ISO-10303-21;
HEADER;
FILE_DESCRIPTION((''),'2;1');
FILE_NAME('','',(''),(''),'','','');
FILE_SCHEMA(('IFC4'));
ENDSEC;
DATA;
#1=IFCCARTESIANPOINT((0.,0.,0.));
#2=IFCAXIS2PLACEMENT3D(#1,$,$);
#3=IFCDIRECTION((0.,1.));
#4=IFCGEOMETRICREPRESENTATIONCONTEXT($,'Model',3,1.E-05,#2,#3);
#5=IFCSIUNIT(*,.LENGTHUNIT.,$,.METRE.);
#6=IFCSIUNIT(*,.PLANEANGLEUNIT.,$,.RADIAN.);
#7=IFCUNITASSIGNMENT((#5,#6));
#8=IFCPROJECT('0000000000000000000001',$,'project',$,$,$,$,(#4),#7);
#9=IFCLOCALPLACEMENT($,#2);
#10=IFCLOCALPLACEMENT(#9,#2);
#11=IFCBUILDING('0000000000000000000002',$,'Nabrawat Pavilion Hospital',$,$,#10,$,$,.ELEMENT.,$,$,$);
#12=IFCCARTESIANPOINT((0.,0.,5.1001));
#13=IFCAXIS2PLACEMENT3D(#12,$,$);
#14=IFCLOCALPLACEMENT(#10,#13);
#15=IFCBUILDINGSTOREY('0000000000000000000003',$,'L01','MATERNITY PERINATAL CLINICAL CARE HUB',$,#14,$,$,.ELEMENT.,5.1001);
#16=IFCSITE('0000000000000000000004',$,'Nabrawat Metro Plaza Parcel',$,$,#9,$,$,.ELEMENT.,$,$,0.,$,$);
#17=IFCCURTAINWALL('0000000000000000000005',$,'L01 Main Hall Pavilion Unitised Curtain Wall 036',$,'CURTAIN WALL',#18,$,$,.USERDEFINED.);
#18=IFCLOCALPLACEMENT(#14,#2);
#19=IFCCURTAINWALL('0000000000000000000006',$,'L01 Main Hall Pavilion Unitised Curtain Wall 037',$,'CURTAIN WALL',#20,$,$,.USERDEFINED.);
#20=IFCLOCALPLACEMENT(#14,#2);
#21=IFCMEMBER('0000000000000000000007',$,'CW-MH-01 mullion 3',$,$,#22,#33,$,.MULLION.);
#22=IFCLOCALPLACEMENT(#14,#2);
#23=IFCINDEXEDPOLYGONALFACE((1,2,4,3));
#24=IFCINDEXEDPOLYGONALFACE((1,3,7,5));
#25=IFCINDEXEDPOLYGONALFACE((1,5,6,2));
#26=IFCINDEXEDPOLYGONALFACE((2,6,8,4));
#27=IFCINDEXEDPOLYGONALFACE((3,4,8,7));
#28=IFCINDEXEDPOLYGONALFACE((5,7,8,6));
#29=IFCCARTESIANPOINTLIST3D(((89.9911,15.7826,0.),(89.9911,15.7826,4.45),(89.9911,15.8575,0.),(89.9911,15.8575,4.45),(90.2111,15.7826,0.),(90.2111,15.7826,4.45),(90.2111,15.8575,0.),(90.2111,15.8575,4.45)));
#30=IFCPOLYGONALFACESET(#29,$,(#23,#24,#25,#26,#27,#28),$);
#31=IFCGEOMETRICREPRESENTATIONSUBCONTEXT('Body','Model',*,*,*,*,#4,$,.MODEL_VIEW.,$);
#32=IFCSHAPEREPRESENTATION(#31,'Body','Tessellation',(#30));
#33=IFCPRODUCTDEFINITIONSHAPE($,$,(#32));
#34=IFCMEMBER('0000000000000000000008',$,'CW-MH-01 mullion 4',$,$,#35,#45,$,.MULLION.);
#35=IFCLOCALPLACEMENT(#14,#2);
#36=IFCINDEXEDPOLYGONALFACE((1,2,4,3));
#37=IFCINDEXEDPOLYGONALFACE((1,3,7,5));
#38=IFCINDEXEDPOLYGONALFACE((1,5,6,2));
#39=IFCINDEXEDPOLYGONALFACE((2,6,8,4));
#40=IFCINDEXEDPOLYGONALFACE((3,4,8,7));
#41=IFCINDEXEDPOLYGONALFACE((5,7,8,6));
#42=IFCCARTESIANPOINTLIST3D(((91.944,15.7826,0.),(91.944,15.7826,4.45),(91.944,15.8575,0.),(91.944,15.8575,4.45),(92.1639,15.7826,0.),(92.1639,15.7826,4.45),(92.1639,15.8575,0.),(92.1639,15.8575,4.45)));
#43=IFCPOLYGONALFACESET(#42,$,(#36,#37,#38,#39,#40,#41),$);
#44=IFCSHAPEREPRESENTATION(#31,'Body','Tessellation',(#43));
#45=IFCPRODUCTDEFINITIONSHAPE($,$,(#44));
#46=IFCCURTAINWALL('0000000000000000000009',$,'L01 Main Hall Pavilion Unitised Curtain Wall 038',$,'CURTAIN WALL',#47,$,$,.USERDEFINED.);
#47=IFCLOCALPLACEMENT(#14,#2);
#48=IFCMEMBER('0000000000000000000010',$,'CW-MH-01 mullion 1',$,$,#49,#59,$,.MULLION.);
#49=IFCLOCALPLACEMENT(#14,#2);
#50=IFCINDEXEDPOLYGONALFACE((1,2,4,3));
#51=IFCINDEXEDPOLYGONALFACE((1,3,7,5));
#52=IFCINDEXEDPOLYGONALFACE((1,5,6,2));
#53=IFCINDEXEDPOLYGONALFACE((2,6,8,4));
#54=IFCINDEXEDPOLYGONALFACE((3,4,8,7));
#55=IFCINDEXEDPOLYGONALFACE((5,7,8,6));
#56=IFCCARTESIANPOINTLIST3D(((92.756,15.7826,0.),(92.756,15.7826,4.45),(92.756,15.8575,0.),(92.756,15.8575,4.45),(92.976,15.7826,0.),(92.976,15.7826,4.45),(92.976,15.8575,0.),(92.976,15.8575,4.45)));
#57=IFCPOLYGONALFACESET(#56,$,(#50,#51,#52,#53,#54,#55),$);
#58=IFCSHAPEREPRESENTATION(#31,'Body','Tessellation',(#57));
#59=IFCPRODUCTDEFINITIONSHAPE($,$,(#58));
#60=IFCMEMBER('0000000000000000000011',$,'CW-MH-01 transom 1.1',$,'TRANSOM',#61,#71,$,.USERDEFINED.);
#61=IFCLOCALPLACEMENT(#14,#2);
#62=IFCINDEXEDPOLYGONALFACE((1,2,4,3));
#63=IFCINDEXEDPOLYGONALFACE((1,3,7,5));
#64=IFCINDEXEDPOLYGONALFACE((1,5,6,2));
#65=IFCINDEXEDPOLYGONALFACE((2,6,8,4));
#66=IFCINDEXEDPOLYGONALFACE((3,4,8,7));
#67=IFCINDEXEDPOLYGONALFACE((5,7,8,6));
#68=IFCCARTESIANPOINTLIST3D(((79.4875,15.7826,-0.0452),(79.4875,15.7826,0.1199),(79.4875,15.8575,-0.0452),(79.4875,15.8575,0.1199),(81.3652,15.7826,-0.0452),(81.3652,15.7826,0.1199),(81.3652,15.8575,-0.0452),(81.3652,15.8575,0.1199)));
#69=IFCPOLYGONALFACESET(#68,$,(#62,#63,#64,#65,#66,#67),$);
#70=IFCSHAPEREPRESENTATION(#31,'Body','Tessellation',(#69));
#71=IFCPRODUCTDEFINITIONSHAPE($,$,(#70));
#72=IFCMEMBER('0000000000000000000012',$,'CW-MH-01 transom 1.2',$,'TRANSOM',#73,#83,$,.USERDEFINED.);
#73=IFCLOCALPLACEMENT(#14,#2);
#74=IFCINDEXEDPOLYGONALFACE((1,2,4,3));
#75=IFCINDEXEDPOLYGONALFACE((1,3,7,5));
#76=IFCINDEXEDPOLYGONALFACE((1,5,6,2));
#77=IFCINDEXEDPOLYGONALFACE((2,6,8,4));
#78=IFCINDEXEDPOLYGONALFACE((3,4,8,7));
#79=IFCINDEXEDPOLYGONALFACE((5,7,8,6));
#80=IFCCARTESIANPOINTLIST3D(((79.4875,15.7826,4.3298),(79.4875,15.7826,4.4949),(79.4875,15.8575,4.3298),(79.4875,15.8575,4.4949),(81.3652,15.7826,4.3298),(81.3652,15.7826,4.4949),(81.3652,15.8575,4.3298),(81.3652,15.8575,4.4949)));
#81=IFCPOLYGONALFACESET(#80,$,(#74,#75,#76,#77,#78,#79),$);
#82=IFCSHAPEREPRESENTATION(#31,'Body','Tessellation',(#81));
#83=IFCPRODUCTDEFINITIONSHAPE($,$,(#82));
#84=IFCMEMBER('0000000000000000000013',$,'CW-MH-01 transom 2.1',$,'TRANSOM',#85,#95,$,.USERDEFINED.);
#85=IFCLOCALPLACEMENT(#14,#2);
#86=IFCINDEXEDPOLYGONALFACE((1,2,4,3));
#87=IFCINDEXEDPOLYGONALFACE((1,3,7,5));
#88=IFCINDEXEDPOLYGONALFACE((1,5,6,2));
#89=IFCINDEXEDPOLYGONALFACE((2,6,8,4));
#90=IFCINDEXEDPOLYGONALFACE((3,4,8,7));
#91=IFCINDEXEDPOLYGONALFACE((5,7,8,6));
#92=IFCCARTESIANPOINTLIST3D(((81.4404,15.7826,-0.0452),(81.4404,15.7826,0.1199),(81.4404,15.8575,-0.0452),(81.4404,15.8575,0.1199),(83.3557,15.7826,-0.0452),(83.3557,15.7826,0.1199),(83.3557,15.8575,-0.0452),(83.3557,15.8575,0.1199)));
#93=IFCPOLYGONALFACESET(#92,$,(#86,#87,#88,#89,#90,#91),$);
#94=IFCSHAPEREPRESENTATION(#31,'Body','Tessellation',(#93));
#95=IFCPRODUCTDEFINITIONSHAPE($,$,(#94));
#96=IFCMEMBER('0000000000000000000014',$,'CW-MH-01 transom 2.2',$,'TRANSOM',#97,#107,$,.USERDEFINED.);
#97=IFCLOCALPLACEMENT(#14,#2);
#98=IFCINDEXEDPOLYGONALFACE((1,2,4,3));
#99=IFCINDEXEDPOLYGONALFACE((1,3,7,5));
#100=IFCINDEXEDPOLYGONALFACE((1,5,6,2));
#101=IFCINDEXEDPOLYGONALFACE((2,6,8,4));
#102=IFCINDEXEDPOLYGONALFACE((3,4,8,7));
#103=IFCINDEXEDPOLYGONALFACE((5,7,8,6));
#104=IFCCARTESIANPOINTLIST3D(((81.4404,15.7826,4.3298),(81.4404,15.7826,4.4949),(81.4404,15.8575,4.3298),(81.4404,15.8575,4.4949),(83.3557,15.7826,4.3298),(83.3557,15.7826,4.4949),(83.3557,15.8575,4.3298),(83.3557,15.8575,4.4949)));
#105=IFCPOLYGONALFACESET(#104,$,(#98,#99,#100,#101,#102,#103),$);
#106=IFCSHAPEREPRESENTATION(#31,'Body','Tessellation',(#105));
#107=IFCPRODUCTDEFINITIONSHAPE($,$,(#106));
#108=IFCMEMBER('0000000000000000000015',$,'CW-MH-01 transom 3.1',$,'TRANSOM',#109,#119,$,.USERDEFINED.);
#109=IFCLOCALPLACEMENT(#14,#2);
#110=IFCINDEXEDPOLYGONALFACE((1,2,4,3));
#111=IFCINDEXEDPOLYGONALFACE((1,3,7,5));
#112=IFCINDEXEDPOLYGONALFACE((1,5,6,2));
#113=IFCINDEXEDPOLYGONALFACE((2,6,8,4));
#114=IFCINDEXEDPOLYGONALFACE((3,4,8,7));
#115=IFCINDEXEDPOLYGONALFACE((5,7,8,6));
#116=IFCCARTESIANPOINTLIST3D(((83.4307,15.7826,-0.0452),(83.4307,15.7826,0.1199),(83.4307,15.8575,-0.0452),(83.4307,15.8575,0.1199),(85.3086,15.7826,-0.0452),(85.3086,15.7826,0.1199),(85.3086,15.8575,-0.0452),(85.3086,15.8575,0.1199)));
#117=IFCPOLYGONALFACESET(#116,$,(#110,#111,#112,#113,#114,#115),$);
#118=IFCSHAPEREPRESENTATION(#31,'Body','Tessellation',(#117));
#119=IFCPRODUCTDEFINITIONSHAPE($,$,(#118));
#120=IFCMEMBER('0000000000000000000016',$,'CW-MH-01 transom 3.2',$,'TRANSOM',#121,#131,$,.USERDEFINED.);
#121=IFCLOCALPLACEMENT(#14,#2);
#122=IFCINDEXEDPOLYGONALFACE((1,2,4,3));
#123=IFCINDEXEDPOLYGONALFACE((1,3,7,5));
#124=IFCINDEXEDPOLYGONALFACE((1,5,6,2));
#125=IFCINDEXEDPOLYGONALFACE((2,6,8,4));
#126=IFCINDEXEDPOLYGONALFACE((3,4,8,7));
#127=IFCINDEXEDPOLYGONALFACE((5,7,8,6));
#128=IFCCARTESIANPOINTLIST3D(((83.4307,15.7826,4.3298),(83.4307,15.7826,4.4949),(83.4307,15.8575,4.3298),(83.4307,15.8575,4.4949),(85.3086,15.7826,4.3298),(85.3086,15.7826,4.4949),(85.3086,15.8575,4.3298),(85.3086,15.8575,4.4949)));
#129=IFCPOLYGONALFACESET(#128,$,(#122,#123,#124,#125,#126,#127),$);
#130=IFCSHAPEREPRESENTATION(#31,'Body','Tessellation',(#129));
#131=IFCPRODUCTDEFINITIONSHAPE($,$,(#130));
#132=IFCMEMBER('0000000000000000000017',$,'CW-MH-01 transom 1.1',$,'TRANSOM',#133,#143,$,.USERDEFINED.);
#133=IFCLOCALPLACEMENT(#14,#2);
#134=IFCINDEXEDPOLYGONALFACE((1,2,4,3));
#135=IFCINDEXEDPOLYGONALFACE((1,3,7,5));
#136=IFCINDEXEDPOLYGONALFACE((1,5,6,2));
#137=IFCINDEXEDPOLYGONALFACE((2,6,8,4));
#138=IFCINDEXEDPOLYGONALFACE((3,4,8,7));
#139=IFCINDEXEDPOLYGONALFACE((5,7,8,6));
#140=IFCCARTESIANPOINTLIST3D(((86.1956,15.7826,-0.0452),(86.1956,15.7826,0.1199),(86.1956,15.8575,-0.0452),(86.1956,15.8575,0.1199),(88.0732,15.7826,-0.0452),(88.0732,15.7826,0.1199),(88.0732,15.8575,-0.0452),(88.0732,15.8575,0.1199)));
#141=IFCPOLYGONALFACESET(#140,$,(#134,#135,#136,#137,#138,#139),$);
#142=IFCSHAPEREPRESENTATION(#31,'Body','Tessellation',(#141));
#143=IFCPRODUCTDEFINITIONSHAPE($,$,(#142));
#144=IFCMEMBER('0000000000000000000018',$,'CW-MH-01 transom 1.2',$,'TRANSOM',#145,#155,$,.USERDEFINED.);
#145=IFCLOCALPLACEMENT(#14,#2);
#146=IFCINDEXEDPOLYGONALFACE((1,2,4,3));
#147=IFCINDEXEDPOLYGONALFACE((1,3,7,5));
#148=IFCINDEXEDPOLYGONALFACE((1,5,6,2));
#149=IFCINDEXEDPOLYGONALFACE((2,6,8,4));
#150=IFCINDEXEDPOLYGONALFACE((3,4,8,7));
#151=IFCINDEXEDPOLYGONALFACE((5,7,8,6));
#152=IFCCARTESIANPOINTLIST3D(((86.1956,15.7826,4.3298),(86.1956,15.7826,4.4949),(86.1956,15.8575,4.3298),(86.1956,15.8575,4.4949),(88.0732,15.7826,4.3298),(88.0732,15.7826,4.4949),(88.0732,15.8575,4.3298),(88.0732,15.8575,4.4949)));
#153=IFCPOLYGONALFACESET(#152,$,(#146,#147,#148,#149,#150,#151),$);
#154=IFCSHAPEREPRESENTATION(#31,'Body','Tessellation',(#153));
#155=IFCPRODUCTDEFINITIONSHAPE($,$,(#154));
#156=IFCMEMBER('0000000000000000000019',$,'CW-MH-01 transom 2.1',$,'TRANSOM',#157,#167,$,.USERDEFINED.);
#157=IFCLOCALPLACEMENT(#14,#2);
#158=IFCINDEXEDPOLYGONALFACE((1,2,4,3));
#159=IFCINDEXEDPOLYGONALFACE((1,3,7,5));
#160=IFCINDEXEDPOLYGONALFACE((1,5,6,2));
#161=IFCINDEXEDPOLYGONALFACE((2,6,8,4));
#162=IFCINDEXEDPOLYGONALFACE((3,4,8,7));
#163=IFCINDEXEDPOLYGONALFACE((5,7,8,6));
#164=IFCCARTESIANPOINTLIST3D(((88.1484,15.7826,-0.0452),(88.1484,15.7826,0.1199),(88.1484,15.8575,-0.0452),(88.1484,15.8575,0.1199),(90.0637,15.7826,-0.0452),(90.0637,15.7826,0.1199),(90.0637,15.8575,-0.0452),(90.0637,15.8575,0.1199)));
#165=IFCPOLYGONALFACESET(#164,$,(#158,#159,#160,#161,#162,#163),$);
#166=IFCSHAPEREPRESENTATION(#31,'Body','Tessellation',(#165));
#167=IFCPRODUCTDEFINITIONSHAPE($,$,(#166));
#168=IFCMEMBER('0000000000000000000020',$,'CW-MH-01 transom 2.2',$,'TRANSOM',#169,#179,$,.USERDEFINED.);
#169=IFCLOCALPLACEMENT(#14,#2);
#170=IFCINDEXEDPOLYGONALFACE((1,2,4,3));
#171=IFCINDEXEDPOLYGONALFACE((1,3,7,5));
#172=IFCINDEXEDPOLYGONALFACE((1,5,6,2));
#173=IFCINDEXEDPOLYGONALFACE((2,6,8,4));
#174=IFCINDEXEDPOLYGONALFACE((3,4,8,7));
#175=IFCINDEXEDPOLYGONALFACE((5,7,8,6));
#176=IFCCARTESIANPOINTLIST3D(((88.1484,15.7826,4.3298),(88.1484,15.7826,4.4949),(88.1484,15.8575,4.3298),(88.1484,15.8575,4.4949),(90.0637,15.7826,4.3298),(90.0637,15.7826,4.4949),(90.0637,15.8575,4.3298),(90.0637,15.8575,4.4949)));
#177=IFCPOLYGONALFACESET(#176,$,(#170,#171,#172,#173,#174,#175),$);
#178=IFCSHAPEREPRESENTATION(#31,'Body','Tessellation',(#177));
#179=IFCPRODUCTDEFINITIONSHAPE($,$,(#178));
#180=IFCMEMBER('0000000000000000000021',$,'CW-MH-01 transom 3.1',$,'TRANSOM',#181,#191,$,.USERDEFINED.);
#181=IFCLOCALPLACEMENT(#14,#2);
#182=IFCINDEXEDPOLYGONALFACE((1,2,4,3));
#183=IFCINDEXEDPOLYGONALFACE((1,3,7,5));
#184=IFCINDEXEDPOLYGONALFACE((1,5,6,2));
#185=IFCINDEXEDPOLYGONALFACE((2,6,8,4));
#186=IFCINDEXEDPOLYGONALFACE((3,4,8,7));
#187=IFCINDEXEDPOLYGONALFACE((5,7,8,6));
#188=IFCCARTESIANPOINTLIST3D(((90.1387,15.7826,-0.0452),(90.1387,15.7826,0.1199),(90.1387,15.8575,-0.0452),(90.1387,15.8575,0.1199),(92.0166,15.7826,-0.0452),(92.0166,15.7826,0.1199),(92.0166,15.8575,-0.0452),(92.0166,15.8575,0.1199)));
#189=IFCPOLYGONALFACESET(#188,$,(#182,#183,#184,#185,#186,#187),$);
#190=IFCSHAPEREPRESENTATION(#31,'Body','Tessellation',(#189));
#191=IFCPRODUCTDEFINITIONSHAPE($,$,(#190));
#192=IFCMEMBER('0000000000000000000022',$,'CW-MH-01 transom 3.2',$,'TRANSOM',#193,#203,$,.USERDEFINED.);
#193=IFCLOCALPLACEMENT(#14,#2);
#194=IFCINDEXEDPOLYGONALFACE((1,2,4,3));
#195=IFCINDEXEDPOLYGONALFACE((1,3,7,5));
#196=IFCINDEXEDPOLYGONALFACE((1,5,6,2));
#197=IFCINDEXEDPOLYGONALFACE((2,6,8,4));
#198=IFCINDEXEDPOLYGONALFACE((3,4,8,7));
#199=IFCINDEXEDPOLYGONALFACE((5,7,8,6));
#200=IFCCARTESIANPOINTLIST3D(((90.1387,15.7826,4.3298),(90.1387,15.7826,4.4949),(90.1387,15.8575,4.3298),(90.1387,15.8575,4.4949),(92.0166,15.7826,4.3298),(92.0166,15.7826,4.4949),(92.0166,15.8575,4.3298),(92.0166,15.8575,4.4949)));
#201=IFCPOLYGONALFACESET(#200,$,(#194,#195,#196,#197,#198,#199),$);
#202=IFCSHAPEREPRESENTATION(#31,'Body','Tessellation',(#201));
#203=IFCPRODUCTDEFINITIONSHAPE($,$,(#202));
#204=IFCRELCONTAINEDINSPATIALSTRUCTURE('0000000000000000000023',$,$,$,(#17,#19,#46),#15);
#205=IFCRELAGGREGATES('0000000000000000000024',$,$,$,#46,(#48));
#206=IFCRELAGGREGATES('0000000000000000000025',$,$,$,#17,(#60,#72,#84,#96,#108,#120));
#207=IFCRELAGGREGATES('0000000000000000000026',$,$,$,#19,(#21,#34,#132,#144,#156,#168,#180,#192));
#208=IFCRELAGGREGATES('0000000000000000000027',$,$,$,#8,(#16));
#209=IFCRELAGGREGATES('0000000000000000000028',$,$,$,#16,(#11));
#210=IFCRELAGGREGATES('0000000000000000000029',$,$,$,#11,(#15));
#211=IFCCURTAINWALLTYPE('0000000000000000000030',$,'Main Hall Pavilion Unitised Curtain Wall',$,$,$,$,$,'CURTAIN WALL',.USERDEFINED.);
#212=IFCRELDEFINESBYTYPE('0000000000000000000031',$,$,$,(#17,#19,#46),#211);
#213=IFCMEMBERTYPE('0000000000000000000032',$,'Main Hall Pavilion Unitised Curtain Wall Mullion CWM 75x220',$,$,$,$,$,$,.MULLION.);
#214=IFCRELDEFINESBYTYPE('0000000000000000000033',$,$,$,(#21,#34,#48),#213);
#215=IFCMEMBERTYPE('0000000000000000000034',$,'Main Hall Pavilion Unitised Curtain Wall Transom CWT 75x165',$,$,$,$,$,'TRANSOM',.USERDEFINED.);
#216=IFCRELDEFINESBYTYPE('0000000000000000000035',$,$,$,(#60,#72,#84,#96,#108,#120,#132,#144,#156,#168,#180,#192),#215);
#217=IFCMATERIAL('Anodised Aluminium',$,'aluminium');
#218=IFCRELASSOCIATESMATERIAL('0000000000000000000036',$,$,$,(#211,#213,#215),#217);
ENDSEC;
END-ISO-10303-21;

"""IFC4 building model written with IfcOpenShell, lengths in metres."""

from ifc_helpers import new_model, si_unit, direction, frame, origin, origin_2d, place, context, subcontext, project, spatial, rectangle, extrude, material, material_profile, profile_set, type_object, element, aggregate, save


model = new_model("IFC4")

# Units and contexts
model_context = context("Model", 3, precision=1e-05, world=origin(), true_north=direction((0.0, 1.0)))
body_context = subcontext(model_context, "Body", "Model", "MODEL_VIEW")
ifc_project = project(units=[si_unit("LENGTHUNIT", "METRE"), si_unit("PLANEANGLEUNIT", "RADIAN")], contexts=[model_context])

# Site, building, storey
site_placement = place(None, origin())
site = spatial("IfcSite", under=ifc_project, at=site_placement, Name="Nabrawat Metro Plaza Parcel", CompositionType="ELEMENT", RefElevation=0.0)
building_placement = place(site_placement, origin())
building = spatial("IfcBuilding", under=site, at=building_placement, Name="Nabrawat Pavilion Hospital", CompositionType="ELEMENT")
storey_placement = place(building_placement, frame((0.0, 0.0, 5.1001)))
storey = spatial("IfcBuildingStorey", under=building, at=storey_placement, Name="L01", Description="MATERNITY PERINATAL CLINICAL CARE HUB", CompositionType="ELEMENT", Elevation=5.1001)

# Curtain walls, members
ifc_material_1 = material(Name="Anodised Aluminium", Category="aluminium")
curtain_wall_type = type_object("IfcCurtainWallType", Name="Main Hall Pavilion Unitised Curtain Wall", ElementType="CURTAIN WALL", PredefinedType="USERDEFINED", material=ifc_material_1)
curtain_wall_1_placement = place(storey_placement, origin())
curtain_wall_1 = element("IfcCurtainWall", 1, at=curtain_wall_1_placement, inside=storey, type_object=curtain_wall_type, Name="L01 Main Hall Pavilion Unitised Curtain Wall 036", ObjectType="CURTAIN WALL", PredefinedType="USERDEFINED")
ifc_material_profile_1 = material_profile(ifc_material_1, rectangle(XDim=0.075, YDim=0.22, at=origin_2d()), Name="CWM 75x220")
ifc_profile_set_1 = profile_set([ifc_material_profile_1], Name="Anodised Aluminium")
member_type_1 = type_object("IfcMemberType", Name="Main Hall Pavilion Unitised Curtain Wall Mullion CWM 75x220", PredefinedType="MULLION", material=ifc_profile_set_1)
curtain_wall_2_placement = place(storey_placement, origin())
curtain_wall_2 = element("IfcCurtainWall", 2, at=curtain_wall_2_placement, inside=storey, type_object=curtain_wall_type, Name="L01 Main Hall Pavilion Unitised Curtain Wall 037", ObjectType="CURTAIN WALL", PredefinedType="USERDEFINED")
member_1_placement = place(storey_placement, frame((90.1011, 15.8201, 0.0), z_axis=(0.0, 0.0, 1.0), x_axis=(0.0, 1.0, 0.0)))
member_1 = element("IfcMember", 3, at=member_1_placement, type_object=member_type_1, Name="CW-MH-01 mullion 3", PredefinedType="MULLION", context=body_context, shape_type="SweptSolid", body=[
    extrude(rectangle(XDim=0.075, YDim=0.22, at=origin_2d()), origin(), (0.0, 0.0, 1.0), 4.45),
])
member_2_placement = place(storey_placement, frame((92.054, 15.8201, 0.0), z_axis=(0.0, 0.0, 1.0), x_axis=(0.0, 1.0, 0.0)))
member_2 = element("IfcMember", 4, at=member_2_placement, type_object=member_type_1, Name="CW-MH-01 mullion 4", PredefinedType="MULLION", context=body_context, shape_type="SweptSolid", body=[
    extrude(rectangle(XDim=0.075, YDim=0.22, at=origin_2d()), origin(), (0.0, 0.0, 1.0), 4.45),
])

# Curtain wall, member
curtain_wall_3_placement = place(storey_placement, origin())
curtain_wall_3 = element("IfcCurtainWall", 5, at=curtain_wall_3_placement, inside=storey, type_object=curtain_wall_type, Name="L01 Main Hall Pavilion Unitised Curtain Wall 038", ObjectType="CURTAIN WALL", PredefinedType="USERDEFINED")
member_3_placement = place(storey_placement, frame((92.866, 15.8201, 0.0), z_axis=(0.0, 0.0, 1.0), x_axis=(0.0, 1.0, 0.0)))
member_3 = element("IfcMember", 6, at=member_3_placement, type_object=member_type_1, Name="CW-MH-01 mullion 1", PredefinedType="MULLION", context=body_context, shape_type="SweptSolid", body=[
    extrude(rectangle(XDim=0.075, YDim=0.22, at=origin_2d()), origin(), (0.0, 0.0, 1.0), 4.45),
])

# Members
ifc_material_profile_2 = material_profile(ifc_material_1, rectangle(XDim=0.075, YDim=0.165, at=origin_2d()), Name="CWT 75x165")
ifc_profile_set_2 = profile_set([ifc_material_profile_2], Name="Anodised Aluminium")
member_type_2 = type_object("IfcMemberType", Name="Main Hall Pavilion Unitised Curtain Wall Transom CWT 75x165", ElementType="TRANSOM", PredefinedType="USERDEFINED", material=ifc_profile_set_2)
member_4_placement = place(storey_placement, frame((79.4875, 15.8201, 0.0374), z_axis=(1.0, 0.0, 0.0), x_axis=(0.0, 1.0, 0.0)))
member_4 = element("IfcMember", 7, at=member_4_placement, type_object=member_type_2, Name="CW-MH-01 transom 1.1", ObjectType="TRANSOM", PredefinedType="USERDEFINED", context=body_context, shape_type="SweptSolid", body=[
    extrude(rectangle(XDim=0.075, YDim=0.165, at=origin_2d()), origin(), (0.0, 0.0, 1.0), 1.8777),
])
member_5_placement = place(storey_placement, frame((79.4875, 15.8201, 4.4124), z_axis=(1.0, 0.0, 0.0), x_axis=(0.0, 1.0, 0.0)))
member_5 = element("IfcMember", 8, at=member_5_placement, type_object=member_type_2, Name="CW-MH-01 transom 1.2", ObjectType="TRANSOM", PredefinedType="USERDEFINED", context=body_context, shape_type="SweptSolid", body=[
    extrude(rectangle(XDim=0.075, YDim=0.165, at=origin_2d()), origin(), (0.0, 0.0, 1.0), 1.8777),
])
member_6_placement = place(storey_placement, frame((81.4404, 15.8201, 0.0374), z_axis=(1.0, 0.0, 0.0), x_axis=(0.0, 1.0, 0.0)))
member_6 = element("IfcMember", 9, at=member_6_placement, type_object=member_type_2, Name="CW-MH-01 transom 2.1", ObjectType="TRANSOM", PredefinedType="USERDEFINED", context=body_context, shape_type="SweptSolid", body=[
    extrude(rectangle(XDim=0.075, YDim=0.165, at=origin_2d()), origin(), (0.0, 0.0, 1.0), 1.9153),
])
member_7_placement = place(storey_placement, frame((81.4404, 15.8201, 4.4124), z_axis=(1.0, 0.0, 0.0), x_axis=(0.0, 1.0, 0.0)))
member_7 = element("IfcMember", 10, at=member_7_placement, type_object=member_type_2, Name="CW-MH-01 transom 2.2", ObjectType="TRANSOM", PredefinedType="USERDEFINED", context=body_context, shape_type="SweptSolid", body=[
    extrude(rectangle(XDim=0.075, YDim=0.165, at=origin_2d()), origin(), (0.0, 0.0, 1.0), 1.9153),
])
member_8_placement = place(storey_placement, frame((83.4307, 15.8201, 0.0374), z_axis=(1.0, 0.0, 0.0), x_axis=(0.0, 1.0, 0.0)))
member_8 = element("IfcMember", 11, at=member_8_placement, type_object=member_type_2, Name="CW-MH-01 transom 3.1", ObjectType="TRANSOM", PredefinedType="USERDEFINED", context=body_context, shape_type="SweptSolid", body=[
    extrude(rectangle(XDim=0.075, YDim=0.165, at=origin_2d()), origin(), (0.0, 0.0, 1.0), 1.8779),
])
member_9_placement = place(storey_placement, frame((83.4307, 15.8201, 4.4124), z_axis=(1.0, 0.0, 0.0), x_axis=(0.0, 1.0, 0.0)))
member_9 = element("IfcMember", 12, at=member_9_placement, type_object=member_type_2, Name="CW-MH-01 transom 3.2", ObjectType="TRANSOM", PredefinedType="USERDEFINED", context=body_context, shape_type="SweptSolid", body=[
    extrude(rectangle(XDim=0.075, YDim=0.165, at=origin_2d()), origin(), (0.0, 0.0, 1.0), 1.8779),
])
member_10_placement = place(storey_placement, frame((86.1956, 15.8201, 0.0374), z_axis=(1.0, 0.0, 0.0), x_axis=(0.0, 1.0, 0.0)))
member_10 = element("IfcMember", 13, at=member_10_placement, type_object=member_type_2, Name="CW-MH-01 transom 1.1", ObjectType="TRANSOM", PredefinedType="USERDEFINED", context=body_context, shape_type="SweptSolid", body=[
    extrude(rectangle(XDim=0.075, YDim=0.165, at=origin_2d()), origin(), (0.0, 0.0, 1.0), 1.8777),
])
member_11_placement = place(storey_placement, frame((86.1956, 15.8201, 4.4124), z_axis=(1.0, 0.0, 0.0), x_axis=(0.0, 1.0, 0.0)))
member_11 = element("IfcMember", 14, at=member_11_placement, type_object=member_type_2, Name="CW-MH-01 transom 1.2", ObjectType="TRANSOM", PredefinedType="USERDEFINED", context=body_context, shape_type="SweptSolid", body=[
    extrude(rectangle(XDim=0.075, YDim=0.165, at=origin_2d()), origin(), (0.0, 0.0, 1.0), 1.8777),
])
member_12_placement = place(storey_placement, frame((88.1484, 15.8201, 0.0374), z_axis=(1.0, 0.0, 0.0), x_axis=(0.0, 1.0, 0.0)))
member_12 = element("IfcMember", 15, at=member_12_placement, type_object=member_type_2, Name="CW-MH-01 transom 2.1", ObjectType="TRANSOM", PredefinedType="USERDEFINED", context=body_context, shape_type="SweptSolid", body=[
    extrude(rectangle(XDim=0.075, YDim=0.165, at=origin_2d()), origin(), (0.0, 0.0, 1.0), 1.9153),
])
member_13_placement = place(storey_placement, frame((88.1484, 15.8201, 4.4124), z_axis=(1.0, 0.0, 0.0), x_axis=(0.0, 1.0, 0.0)))
member_13 = element("IfcMember", 16, at=member_13_placement, type_object=member_type_2, Name="CW-MH-01 transom 2.2", ObjectType="TRANSOM", PredefinedType="USERDEFINED", context=body_context, shape_type="SweptSolid", body=[
    extrude(rectangle(XDim=0.075, YDim=0.165, at=origin_2d()), origin(), (0.0, 0.0, 1.0), 1.9153),
])
member_14_placement = place(storey_placement, frame((90.1387, 15.8201, 0.0374), z_axis=(1.0, 0.0, 0.0), x_axis=(0.0, 1.0, 0.0)))
member_14 = element("IfcMember", 17, at=member_14_placement, type_object=member_type_2, Name="CW-MH-01 transom 3.1", ObjectType="TRANSOM", PredefinedType="USERDEFINED", context=body_context, shape_type="SweptSolid", body=[
    extrude(rectangle(XDim=0.075, YDim=0.165, at=origin_2d()), origin(), (0.0, 0.0, 1.0), 1.8779),
])
member_15_placement = place(storey_placement, frame((90.1387, 15.8201, 4.4124), z_axis=(1.0, 0.0, 0.0), x_axis=(0.0, 1.0, 0.0)))
member_15 = element("IfcMember", 18, at=member_15_placement, type_object=member_type_2, Name="CW-MH-01 transom 3.2", ObjectType="TRANSOM", PredefinedType="USERDEFINED", context=body_context, shape_type="SweptSolid", body=[
    extrude(rectangle(XDim=0.075, YDim=0.165, at=origin_2d()), origin(), (0.0, 0.0, 1.0), 1.8779),
])
aggregate(curtain_wall_3, [member_3])

aggregate(curtain_wall_1, [member_4, member_5, member_6, member_7, member_8, member_9])
aggregate(curtain_wall_2, [member_1, member_2, member_10, member_11, member_12, member_13, member_14, member_15])

save(model, "model.ifc")
